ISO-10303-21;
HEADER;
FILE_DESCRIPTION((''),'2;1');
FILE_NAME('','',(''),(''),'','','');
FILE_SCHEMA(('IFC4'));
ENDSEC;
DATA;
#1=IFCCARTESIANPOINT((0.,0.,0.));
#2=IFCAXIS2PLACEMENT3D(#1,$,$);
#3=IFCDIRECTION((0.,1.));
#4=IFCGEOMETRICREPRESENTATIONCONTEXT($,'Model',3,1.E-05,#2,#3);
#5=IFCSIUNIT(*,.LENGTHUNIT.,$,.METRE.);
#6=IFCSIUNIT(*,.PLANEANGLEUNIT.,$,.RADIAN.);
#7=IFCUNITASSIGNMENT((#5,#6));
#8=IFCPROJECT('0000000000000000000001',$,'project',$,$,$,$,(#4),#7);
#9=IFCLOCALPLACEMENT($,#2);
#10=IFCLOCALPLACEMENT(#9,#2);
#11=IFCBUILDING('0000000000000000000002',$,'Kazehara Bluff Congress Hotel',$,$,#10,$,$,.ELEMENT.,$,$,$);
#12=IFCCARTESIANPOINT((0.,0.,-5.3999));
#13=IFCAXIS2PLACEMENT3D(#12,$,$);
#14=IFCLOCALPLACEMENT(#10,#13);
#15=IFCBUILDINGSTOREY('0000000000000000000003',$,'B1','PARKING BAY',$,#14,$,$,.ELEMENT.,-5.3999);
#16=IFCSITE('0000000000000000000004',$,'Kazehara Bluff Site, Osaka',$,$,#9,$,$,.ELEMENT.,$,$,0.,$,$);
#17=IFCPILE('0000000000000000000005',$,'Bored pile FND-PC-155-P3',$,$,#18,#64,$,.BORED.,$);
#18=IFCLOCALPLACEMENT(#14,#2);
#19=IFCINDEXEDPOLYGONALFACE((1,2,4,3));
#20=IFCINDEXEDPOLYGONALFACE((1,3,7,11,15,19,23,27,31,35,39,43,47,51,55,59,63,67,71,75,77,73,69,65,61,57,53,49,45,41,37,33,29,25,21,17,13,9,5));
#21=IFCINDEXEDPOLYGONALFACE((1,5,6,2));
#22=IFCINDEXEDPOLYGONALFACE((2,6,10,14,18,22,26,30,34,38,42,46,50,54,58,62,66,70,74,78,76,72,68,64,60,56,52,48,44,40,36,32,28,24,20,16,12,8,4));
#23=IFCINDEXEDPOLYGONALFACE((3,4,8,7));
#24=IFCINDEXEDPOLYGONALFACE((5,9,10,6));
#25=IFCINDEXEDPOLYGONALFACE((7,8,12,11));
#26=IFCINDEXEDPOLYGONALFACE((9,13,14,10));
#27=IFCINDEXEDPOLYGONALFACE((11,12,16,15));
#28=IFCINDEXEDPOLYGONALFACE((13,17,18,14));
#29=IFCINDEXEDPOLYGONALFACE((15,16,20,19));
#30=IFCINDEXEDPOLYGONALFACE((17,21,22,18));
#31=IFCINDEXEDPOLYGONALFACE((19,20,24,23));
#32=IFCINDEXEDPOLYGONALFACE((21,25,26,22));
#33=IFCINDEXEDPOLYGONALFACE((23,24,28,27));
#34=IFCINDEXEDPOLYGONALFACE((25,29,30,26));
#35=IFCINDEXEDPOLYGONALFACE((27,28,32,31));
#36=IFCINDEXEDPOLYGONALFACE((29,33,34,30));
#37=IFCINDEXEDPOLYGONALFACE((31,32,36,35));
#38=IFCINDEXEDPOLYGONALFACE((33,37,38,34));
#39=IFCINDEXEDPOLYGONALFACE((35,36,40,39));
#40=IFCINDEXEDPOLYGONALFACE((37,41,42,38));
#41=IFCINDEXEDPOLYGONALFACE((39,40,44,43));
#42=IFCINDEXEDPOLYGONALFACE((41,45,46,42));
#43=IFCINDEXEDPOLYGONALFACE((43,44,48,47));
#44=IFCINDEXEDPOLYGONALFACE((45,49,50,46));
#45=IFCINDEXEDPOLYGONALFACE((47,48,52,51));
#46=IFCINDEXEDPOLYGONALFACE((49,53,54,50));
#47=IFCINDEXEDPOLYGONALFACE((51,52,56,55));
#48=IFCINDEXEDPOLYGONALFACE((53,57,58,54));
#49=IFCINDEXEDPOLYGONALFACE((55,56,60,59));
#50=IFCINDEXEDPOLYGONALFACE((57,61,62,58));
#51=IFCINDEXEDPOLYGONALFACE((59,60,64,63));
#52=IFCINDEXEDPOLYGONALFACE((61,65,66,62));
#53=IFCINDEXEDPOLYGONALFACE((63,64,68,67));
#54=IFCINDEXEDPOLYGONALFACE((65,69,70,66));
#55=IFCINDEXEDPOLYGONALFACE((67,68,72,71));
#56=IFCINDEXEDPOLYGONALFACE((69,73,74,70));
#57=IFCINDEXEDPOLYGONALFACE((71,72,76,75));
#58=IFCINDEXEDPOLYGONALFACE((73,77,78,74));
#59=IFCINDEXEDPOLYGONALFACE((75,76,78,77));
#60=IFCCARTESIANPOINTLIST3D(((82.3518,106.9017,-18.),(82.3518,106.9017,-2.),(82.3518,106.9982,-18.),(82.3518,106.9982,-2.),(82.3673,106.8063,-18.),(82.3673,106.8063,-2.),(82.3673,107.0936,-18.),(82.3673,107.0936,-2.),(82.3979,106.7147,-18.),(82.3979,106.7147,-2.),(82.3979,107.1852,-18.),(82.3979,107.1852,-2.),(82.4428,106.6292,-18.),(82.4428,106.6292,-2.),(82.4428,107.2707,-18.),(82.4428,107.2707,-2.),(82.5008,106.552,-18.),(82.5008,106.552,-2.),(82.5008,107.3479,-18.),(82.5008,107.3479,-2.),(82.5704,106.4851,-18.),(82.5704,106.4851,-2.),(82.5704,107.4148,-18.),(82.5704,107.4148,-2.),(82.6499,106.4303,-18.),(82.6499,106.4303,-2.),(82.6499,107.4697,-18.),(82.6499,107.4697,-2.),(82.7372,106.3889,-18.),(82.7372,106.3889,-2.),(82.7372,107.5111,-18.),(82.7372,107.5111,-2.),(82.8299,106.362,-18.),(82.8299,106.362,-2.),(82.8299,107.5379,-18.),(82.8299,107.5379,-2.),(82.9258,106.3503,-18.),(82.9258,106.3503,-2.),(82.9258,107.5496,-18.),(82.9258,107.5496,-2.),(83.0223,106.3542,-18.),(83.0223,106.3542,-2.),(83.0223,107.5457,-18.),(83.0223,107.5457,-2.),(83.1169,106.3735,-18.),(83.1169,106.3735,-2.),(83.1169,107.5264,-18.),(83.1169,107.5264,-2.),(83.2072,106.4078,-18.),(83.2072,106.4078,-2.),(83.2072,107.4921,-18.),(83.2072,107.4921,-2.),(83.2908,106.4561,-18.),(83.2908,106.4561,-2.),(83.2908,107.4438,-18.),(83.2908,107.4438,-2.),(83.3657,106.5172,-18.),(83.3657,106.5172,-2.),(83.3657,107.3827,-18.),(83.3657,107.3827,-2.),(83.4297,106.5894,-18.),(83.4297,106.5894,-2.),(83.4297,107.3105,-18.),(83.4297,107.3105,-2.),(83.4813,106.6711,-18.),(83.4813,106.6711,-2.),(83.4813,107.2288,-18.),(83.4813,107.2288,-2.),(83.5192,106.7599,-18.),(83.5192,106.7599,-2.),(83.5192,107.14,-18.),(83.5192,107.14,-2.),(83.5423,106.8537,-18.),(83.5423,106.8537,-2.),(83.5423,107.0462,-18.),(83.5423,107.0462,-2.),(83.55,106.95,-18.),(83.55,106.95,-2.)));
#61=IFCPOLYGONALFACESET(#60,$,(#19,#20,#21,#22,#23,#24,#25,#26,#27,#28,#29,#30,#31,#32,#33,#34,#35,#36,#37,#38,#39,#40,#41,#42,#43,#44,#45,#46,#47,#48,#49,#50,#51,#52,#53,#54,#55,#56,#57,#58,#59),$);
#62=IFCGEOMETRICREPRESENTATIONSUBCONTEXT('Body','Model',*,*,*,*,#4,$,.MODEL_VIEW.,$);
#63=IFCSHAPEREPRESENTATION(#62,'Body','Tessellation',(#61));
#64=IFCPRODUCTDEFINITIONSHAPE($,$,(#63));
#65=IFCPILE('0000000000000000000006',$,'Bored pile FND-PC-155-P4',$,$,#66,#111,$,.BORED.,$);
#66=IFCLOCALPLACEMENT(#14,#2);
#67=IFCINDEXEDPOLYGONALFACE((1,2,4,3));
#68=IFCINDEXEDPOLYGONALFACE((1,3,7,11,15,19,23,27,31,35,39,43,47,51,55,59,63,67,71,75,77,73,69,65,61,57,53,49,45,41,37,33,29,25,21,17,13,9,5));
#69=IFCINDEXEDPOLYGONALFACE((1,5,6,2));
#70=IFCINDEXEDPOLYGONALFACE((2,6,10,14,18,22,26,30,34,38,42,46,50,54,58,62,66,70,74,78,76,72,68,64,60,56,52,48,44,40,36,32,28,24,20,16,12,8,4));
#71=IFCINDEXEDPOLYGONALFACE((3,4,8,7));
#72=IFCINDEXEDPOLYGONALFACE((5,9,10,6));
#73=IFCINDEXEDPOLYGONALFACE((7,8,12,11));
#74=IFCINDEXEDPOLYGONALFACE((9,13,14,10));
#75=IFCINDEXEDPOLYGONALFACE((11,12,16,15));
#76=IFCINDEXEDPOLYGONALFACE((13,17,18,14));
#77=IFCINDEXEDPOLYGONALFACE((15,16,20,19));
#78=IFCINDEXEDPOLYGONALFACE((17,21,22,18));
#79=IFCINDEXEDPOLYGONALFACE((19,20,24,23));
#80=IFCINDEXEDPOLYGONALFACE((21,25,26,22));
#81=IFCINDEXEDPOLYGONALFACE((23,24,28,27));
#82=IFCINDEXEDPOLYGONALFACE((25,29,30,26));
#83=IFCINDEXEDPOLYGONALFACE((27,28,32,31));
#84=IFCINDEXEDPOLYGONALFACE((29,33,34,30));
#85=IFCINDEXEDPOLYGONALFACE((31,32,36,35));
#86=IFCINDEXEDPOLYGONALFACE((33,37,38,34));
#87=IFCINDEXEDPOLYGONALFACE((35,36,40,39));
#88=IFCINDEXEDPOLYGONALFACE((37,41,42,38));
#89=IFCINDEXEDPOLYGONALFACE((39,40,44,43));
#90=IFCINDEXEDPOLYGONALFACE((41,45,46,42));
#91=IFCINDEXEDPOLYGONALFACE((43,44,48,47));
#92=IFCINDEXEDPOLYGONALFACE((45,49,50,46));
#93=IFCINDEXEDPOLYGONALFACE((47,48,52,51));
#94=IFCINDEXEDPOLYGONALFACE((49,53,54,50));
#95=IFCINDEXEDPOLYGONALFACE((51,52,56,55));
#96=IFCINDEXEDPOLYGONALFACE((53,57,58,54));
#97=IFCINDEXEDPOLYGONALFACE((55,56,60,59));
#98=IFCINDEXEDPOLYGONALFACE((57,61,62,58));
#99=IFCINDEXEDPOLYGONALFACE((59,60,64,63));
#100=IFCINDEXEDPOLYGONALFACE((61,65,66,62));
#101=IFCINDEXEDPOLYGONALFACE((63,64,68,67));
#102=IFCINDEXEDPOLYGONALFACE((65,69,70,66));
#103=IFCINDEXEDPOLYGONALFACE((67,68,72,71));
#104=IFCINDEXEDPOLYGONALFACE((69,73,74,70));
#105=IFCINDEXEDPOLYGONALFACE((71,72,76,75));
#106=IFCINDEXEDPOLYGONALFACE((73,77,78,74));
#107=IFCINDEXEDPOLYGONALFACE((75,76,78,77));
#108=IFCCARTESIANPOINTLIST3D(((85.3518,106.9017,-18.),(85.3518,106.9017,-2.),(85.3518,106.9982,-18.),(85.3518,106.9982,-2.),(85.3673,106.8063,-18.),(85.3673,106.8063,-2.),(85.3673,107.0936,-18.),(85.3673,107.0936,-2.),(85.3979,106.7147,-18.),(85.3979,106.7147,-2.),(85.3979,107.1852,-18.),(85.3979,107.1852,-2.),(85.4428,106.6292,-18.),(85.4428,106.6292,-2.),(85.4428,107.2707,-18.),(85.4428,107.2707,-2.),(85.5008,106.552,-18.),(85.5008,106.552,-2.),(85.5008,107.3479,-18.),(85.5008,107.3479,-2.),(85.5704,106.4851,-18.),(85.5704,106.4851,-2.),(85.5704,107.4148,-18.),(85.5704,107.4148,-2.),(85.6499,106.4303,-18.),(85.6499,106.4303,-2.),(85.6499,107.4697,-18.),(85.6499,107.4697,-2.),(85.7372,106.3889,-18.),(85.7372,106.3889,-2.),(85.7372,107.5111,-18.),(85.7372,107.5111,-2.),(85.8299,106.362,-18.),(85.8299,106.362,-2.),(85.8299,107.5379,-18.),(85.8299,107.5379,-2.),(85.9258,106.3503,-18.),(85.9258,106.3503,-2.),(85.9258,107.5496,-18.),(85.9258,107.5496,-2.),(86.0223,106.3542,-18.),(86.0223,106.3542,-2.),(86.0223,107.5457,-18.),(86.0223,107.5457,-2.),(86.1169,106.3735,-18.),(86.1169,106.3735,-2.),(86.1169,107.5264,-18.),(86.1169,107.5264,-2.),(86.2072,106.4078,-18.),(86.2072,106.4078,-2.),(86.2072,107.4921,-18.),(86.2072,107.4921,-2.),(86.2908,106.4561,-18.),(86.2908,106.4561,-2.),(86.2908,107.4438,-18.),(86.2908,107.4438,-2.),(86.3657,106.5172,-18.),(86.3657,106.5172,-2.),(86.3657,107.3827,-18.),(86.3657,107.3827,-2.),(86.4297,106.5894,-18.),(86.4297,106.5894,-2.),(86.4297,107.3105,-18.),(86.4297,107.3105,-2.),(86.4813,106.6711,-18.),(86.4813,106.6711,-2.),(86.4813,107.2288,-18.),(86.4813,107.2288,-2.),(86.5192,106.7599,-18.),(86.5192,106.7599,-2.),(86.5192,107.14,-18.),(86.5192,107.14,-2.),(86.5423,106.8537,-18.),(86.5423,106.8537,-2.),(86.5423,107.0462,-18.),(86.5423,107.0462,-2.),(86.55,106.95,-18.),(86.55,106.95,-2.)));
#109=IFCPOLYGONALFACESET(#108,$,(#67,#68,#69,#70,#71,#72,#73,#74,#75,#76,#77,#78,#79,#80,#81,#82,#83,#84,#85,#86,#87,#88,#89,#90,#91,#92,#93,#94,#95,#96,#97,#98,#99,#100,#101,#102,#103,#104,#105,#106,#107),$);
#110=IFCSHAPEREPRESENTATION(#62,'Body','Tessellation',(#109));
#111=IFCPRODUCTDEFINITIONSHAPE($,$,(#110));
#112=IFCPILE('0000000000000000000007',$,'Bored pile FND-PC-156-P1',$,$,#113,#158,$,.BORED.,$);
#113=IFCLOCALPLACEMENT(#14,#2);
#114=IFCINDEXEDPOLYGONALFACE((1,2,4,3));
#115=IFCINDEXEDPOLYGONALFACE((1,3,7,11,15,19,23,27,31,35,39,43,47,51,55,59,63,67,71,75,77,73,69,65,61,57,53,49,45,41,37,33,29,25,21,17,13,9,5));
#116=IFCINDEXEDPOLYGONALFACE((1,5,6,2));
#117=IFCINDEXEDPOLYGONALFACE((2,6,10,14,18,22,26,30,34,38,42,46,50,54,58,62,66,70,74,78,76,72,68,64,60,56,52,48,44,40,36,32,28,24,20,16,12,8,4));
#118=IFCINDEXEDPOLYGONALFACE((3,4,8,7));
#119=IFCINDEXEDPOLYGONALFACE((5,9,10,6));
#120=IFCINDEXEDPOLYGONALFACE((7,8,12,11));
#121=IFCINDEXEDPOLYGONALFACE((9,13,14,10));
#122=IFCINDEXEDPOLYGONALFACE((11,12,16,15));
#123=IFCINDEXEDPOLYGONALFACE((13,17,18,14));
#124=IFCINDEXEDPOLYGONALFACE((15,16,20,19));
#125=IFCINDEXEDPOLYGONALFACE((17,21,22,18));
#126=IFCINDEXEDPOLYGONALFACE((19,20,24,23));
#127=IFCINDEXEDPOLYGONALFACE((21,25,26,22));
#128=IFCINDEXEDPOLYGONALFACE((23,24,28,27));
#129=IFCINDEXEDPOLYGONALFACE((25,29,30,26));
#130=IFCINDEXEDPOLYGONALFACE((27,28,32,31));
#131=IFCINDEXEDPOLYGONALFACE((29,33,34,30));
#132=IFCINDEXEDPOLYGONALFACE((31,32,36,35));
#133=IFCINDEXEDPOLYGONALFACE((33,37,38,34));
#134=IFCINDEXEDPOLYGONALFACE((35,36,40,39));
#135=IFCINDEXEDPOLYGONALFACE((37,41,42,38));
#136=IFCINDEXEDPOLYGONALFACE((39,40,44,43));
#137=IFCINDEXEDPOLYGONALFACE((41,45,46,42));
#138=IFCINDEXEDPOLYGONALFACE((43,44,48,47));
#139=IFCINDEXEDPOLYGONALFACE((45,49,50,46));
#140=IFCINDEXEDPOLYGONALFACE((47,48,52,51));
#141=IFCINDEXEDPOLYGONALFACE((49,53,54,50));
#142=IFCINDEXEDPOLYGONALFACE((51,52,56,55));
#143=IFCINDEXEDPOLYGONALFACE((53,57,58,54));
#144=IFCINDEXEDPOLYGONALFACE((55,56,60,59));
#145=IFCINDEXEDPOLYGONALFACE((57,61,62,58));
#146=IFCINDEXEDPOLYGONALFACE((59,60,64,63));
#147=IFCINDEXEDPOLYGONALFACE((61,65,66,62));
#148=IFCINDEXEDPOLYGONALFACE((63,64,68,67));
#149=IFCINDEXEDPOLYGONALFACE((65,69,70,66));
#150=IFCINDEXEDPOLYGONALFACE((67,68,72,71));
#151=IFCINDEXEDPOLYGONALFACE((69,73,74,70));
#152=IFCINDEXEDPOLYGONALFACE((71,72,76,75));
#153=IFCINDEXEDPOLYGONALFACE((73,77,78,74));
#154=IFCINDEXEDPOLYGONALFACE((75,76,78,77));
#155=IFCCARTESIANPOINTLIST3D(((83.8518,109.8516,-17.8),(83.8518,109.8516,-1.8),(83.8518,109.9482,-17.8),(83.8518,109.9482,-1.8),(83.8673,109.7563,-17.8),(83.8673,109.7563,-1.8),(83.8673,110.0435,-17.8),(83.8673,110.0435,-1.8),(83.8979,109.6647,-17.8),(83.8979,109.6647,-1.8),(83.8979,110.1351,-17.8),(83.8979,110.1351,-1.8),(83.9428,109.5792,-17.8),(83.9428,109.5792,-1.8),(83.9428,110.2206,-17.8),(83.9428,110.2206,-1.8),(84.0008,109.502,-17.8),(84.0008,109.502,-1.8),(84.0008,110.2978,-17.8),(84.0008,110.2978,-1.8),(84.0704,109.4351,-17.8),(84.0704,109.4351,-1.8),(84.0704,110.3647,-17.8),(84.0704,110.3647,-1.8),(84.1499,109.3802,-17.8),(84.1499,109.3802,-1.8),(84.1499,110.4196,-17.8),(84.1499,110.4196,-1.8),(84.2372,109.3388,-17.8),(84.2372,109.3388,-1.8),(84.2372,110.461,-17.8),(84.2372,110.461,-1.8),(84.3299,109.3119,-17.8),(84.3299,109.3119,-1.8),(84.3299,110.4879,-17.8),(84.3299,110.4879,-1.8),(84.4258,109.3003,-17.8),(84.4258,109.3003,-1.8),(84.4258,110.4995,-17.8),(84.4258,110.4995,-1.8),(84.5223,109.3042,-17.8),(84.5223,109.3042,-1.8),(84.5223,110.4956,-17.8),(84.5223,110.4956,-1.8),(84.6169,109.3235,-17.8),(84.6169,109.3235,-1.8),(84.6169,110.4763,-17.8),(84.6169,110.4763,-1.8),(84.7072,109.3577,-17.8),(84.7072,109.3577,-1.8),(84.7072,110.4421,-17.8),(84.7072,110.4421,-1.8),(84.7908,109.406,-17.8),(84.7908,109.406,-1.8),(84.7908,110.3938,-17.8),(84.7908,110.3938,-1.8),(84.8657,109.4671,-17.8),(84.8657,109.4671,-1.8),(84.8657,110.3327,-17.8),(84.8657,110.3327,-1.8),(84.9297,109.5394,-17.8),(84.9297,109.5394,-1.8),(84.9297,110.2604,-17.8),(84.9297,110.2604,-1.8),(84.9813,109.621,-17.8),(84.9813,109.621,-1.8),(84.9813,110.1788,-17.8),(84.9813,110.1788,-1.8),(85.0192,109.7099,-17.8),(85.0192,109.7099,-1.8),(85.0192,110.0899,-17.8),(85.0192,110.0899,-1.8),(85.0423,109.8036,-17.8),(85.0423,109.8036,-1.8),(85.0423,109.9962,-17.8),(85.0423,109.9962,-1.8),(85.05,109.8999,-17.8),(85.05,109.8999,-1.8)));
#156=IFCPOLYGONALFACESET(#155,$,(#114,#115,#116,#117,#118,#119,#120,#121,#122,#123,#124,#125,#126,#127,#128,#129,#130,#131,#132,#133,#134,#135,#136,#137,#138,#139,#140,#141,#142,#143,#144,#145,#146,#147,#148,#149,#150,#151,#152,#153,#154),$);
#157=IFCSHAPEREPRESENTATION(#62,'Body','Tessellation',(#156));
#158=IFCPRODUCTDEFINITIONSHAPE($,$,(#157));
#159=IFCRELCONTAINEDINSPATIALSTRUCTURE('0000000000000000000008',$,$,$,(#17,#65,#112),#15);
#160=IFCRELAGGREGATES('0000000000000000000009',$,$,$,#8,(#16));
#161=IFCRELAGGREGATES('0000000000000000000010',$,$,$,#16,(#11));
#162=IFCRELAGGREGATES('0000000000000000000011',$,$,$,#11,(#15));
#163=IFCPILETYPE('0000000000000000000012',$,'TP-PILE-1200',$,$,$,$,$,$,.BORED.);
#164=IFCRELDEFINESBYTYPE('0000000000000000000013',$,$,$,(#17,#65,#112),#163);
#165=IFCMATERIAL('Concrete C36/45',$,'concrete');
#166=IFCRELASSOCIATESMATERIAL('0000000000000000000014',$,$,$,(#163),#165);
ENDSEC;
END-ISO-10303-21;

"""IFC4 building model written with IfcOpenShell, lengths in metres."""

from ifc_helpers import new_model, si_unit, direction, frame, origin, origin_2d, place, context, subcontext, project, spatial, circle, extrude, material, material_profile, profile_set, type_object, element, save


model = new_model("IFC4")

# Units and contexts
model_context = context("Model", 3, precision=1e-05, world=origin(), true_north=direction((0.0, 1.0)))
body_context = subcontext(model_context, "Body", "Model", "MODEL_VIEW")
ifc_project = project(units=[si_unit("LENGTHUNIT", "METRE"), si_unit("PLANEANGLEUNIT", "RADIAN")], contexts=[model_context])

# Site, building, storey
site_placement = place(None, origin())
site = spatial("IfcSite", under=ifc_project, at=site_placement, Name="Kazehara Bluff Site, Osaka", CompositionType="ELEMENT", RefElevation=0.0)
building_placement = place(site_placement, origin())
building = spatial("IfcBuilding", under=site, at=building_placement, Name="Kazehara Bluff Congress Hotel", CompositionType="ELEMENT")
storey_placement = place(building_placement, frame((0.0, 0.0, -5.3999)))
storey = spatial("IfcBuildingStorey", under=building, at=storey_placement, Name="B1", Description="PARKING BAY", CompositionType="ELEMENT", Elevation=-5.3999)

# Piles
ifc_material_1 = material(Name="Concrete C36/45", Category="concrete")
ifc_material_profile_1 = material_profile(ifc_material_1, circle(Radius=0.6001, at=origin_2d()))
ifc_profile_set_1 = profile_set([ifc_material_profile_1], Name="Concrete C36/45")
pile_type = type_object("IfcPileType", Name="TP-PILE-1200", PredefinedType="BORED", material=ifc_profile_set_1)
for number, where, z_axis, x_axis, name in (
    (1, (82.95, 106.95, -2.0), (0.0, 0.0, -1.0), (1.0, 0.0, 0.0), "Bored pile FND-PC-155-P3"),
    (2, (85.95, 106.95, -2.0), (0.0, 0.0, -1.0), (1.0, 0.0, 0.0), "Bored pile FND-PC-155-P4"),
    (3, (84.45, 109.8999, -1.8), (0.0, 0.0, -1.0), (1.0, 0.0, 0.0), "Bored pile FND-PC-156-P1"),
):
    element("IfcPile", number, at=place(storey_placement, frame(where, z_axis=z_axis, x_axis=x_axis)), inside=storey, type_object=pile_type, Name=name, PredefinedType="BORED", context=body_context, shape_type="SweptSolid", body=[
        extrude(circle(Radius=0.6001, at=origin_2d()), origin(), (0.0, 0.0, 1.0), 16.0),
    ])

save(model, "model.ifc")
